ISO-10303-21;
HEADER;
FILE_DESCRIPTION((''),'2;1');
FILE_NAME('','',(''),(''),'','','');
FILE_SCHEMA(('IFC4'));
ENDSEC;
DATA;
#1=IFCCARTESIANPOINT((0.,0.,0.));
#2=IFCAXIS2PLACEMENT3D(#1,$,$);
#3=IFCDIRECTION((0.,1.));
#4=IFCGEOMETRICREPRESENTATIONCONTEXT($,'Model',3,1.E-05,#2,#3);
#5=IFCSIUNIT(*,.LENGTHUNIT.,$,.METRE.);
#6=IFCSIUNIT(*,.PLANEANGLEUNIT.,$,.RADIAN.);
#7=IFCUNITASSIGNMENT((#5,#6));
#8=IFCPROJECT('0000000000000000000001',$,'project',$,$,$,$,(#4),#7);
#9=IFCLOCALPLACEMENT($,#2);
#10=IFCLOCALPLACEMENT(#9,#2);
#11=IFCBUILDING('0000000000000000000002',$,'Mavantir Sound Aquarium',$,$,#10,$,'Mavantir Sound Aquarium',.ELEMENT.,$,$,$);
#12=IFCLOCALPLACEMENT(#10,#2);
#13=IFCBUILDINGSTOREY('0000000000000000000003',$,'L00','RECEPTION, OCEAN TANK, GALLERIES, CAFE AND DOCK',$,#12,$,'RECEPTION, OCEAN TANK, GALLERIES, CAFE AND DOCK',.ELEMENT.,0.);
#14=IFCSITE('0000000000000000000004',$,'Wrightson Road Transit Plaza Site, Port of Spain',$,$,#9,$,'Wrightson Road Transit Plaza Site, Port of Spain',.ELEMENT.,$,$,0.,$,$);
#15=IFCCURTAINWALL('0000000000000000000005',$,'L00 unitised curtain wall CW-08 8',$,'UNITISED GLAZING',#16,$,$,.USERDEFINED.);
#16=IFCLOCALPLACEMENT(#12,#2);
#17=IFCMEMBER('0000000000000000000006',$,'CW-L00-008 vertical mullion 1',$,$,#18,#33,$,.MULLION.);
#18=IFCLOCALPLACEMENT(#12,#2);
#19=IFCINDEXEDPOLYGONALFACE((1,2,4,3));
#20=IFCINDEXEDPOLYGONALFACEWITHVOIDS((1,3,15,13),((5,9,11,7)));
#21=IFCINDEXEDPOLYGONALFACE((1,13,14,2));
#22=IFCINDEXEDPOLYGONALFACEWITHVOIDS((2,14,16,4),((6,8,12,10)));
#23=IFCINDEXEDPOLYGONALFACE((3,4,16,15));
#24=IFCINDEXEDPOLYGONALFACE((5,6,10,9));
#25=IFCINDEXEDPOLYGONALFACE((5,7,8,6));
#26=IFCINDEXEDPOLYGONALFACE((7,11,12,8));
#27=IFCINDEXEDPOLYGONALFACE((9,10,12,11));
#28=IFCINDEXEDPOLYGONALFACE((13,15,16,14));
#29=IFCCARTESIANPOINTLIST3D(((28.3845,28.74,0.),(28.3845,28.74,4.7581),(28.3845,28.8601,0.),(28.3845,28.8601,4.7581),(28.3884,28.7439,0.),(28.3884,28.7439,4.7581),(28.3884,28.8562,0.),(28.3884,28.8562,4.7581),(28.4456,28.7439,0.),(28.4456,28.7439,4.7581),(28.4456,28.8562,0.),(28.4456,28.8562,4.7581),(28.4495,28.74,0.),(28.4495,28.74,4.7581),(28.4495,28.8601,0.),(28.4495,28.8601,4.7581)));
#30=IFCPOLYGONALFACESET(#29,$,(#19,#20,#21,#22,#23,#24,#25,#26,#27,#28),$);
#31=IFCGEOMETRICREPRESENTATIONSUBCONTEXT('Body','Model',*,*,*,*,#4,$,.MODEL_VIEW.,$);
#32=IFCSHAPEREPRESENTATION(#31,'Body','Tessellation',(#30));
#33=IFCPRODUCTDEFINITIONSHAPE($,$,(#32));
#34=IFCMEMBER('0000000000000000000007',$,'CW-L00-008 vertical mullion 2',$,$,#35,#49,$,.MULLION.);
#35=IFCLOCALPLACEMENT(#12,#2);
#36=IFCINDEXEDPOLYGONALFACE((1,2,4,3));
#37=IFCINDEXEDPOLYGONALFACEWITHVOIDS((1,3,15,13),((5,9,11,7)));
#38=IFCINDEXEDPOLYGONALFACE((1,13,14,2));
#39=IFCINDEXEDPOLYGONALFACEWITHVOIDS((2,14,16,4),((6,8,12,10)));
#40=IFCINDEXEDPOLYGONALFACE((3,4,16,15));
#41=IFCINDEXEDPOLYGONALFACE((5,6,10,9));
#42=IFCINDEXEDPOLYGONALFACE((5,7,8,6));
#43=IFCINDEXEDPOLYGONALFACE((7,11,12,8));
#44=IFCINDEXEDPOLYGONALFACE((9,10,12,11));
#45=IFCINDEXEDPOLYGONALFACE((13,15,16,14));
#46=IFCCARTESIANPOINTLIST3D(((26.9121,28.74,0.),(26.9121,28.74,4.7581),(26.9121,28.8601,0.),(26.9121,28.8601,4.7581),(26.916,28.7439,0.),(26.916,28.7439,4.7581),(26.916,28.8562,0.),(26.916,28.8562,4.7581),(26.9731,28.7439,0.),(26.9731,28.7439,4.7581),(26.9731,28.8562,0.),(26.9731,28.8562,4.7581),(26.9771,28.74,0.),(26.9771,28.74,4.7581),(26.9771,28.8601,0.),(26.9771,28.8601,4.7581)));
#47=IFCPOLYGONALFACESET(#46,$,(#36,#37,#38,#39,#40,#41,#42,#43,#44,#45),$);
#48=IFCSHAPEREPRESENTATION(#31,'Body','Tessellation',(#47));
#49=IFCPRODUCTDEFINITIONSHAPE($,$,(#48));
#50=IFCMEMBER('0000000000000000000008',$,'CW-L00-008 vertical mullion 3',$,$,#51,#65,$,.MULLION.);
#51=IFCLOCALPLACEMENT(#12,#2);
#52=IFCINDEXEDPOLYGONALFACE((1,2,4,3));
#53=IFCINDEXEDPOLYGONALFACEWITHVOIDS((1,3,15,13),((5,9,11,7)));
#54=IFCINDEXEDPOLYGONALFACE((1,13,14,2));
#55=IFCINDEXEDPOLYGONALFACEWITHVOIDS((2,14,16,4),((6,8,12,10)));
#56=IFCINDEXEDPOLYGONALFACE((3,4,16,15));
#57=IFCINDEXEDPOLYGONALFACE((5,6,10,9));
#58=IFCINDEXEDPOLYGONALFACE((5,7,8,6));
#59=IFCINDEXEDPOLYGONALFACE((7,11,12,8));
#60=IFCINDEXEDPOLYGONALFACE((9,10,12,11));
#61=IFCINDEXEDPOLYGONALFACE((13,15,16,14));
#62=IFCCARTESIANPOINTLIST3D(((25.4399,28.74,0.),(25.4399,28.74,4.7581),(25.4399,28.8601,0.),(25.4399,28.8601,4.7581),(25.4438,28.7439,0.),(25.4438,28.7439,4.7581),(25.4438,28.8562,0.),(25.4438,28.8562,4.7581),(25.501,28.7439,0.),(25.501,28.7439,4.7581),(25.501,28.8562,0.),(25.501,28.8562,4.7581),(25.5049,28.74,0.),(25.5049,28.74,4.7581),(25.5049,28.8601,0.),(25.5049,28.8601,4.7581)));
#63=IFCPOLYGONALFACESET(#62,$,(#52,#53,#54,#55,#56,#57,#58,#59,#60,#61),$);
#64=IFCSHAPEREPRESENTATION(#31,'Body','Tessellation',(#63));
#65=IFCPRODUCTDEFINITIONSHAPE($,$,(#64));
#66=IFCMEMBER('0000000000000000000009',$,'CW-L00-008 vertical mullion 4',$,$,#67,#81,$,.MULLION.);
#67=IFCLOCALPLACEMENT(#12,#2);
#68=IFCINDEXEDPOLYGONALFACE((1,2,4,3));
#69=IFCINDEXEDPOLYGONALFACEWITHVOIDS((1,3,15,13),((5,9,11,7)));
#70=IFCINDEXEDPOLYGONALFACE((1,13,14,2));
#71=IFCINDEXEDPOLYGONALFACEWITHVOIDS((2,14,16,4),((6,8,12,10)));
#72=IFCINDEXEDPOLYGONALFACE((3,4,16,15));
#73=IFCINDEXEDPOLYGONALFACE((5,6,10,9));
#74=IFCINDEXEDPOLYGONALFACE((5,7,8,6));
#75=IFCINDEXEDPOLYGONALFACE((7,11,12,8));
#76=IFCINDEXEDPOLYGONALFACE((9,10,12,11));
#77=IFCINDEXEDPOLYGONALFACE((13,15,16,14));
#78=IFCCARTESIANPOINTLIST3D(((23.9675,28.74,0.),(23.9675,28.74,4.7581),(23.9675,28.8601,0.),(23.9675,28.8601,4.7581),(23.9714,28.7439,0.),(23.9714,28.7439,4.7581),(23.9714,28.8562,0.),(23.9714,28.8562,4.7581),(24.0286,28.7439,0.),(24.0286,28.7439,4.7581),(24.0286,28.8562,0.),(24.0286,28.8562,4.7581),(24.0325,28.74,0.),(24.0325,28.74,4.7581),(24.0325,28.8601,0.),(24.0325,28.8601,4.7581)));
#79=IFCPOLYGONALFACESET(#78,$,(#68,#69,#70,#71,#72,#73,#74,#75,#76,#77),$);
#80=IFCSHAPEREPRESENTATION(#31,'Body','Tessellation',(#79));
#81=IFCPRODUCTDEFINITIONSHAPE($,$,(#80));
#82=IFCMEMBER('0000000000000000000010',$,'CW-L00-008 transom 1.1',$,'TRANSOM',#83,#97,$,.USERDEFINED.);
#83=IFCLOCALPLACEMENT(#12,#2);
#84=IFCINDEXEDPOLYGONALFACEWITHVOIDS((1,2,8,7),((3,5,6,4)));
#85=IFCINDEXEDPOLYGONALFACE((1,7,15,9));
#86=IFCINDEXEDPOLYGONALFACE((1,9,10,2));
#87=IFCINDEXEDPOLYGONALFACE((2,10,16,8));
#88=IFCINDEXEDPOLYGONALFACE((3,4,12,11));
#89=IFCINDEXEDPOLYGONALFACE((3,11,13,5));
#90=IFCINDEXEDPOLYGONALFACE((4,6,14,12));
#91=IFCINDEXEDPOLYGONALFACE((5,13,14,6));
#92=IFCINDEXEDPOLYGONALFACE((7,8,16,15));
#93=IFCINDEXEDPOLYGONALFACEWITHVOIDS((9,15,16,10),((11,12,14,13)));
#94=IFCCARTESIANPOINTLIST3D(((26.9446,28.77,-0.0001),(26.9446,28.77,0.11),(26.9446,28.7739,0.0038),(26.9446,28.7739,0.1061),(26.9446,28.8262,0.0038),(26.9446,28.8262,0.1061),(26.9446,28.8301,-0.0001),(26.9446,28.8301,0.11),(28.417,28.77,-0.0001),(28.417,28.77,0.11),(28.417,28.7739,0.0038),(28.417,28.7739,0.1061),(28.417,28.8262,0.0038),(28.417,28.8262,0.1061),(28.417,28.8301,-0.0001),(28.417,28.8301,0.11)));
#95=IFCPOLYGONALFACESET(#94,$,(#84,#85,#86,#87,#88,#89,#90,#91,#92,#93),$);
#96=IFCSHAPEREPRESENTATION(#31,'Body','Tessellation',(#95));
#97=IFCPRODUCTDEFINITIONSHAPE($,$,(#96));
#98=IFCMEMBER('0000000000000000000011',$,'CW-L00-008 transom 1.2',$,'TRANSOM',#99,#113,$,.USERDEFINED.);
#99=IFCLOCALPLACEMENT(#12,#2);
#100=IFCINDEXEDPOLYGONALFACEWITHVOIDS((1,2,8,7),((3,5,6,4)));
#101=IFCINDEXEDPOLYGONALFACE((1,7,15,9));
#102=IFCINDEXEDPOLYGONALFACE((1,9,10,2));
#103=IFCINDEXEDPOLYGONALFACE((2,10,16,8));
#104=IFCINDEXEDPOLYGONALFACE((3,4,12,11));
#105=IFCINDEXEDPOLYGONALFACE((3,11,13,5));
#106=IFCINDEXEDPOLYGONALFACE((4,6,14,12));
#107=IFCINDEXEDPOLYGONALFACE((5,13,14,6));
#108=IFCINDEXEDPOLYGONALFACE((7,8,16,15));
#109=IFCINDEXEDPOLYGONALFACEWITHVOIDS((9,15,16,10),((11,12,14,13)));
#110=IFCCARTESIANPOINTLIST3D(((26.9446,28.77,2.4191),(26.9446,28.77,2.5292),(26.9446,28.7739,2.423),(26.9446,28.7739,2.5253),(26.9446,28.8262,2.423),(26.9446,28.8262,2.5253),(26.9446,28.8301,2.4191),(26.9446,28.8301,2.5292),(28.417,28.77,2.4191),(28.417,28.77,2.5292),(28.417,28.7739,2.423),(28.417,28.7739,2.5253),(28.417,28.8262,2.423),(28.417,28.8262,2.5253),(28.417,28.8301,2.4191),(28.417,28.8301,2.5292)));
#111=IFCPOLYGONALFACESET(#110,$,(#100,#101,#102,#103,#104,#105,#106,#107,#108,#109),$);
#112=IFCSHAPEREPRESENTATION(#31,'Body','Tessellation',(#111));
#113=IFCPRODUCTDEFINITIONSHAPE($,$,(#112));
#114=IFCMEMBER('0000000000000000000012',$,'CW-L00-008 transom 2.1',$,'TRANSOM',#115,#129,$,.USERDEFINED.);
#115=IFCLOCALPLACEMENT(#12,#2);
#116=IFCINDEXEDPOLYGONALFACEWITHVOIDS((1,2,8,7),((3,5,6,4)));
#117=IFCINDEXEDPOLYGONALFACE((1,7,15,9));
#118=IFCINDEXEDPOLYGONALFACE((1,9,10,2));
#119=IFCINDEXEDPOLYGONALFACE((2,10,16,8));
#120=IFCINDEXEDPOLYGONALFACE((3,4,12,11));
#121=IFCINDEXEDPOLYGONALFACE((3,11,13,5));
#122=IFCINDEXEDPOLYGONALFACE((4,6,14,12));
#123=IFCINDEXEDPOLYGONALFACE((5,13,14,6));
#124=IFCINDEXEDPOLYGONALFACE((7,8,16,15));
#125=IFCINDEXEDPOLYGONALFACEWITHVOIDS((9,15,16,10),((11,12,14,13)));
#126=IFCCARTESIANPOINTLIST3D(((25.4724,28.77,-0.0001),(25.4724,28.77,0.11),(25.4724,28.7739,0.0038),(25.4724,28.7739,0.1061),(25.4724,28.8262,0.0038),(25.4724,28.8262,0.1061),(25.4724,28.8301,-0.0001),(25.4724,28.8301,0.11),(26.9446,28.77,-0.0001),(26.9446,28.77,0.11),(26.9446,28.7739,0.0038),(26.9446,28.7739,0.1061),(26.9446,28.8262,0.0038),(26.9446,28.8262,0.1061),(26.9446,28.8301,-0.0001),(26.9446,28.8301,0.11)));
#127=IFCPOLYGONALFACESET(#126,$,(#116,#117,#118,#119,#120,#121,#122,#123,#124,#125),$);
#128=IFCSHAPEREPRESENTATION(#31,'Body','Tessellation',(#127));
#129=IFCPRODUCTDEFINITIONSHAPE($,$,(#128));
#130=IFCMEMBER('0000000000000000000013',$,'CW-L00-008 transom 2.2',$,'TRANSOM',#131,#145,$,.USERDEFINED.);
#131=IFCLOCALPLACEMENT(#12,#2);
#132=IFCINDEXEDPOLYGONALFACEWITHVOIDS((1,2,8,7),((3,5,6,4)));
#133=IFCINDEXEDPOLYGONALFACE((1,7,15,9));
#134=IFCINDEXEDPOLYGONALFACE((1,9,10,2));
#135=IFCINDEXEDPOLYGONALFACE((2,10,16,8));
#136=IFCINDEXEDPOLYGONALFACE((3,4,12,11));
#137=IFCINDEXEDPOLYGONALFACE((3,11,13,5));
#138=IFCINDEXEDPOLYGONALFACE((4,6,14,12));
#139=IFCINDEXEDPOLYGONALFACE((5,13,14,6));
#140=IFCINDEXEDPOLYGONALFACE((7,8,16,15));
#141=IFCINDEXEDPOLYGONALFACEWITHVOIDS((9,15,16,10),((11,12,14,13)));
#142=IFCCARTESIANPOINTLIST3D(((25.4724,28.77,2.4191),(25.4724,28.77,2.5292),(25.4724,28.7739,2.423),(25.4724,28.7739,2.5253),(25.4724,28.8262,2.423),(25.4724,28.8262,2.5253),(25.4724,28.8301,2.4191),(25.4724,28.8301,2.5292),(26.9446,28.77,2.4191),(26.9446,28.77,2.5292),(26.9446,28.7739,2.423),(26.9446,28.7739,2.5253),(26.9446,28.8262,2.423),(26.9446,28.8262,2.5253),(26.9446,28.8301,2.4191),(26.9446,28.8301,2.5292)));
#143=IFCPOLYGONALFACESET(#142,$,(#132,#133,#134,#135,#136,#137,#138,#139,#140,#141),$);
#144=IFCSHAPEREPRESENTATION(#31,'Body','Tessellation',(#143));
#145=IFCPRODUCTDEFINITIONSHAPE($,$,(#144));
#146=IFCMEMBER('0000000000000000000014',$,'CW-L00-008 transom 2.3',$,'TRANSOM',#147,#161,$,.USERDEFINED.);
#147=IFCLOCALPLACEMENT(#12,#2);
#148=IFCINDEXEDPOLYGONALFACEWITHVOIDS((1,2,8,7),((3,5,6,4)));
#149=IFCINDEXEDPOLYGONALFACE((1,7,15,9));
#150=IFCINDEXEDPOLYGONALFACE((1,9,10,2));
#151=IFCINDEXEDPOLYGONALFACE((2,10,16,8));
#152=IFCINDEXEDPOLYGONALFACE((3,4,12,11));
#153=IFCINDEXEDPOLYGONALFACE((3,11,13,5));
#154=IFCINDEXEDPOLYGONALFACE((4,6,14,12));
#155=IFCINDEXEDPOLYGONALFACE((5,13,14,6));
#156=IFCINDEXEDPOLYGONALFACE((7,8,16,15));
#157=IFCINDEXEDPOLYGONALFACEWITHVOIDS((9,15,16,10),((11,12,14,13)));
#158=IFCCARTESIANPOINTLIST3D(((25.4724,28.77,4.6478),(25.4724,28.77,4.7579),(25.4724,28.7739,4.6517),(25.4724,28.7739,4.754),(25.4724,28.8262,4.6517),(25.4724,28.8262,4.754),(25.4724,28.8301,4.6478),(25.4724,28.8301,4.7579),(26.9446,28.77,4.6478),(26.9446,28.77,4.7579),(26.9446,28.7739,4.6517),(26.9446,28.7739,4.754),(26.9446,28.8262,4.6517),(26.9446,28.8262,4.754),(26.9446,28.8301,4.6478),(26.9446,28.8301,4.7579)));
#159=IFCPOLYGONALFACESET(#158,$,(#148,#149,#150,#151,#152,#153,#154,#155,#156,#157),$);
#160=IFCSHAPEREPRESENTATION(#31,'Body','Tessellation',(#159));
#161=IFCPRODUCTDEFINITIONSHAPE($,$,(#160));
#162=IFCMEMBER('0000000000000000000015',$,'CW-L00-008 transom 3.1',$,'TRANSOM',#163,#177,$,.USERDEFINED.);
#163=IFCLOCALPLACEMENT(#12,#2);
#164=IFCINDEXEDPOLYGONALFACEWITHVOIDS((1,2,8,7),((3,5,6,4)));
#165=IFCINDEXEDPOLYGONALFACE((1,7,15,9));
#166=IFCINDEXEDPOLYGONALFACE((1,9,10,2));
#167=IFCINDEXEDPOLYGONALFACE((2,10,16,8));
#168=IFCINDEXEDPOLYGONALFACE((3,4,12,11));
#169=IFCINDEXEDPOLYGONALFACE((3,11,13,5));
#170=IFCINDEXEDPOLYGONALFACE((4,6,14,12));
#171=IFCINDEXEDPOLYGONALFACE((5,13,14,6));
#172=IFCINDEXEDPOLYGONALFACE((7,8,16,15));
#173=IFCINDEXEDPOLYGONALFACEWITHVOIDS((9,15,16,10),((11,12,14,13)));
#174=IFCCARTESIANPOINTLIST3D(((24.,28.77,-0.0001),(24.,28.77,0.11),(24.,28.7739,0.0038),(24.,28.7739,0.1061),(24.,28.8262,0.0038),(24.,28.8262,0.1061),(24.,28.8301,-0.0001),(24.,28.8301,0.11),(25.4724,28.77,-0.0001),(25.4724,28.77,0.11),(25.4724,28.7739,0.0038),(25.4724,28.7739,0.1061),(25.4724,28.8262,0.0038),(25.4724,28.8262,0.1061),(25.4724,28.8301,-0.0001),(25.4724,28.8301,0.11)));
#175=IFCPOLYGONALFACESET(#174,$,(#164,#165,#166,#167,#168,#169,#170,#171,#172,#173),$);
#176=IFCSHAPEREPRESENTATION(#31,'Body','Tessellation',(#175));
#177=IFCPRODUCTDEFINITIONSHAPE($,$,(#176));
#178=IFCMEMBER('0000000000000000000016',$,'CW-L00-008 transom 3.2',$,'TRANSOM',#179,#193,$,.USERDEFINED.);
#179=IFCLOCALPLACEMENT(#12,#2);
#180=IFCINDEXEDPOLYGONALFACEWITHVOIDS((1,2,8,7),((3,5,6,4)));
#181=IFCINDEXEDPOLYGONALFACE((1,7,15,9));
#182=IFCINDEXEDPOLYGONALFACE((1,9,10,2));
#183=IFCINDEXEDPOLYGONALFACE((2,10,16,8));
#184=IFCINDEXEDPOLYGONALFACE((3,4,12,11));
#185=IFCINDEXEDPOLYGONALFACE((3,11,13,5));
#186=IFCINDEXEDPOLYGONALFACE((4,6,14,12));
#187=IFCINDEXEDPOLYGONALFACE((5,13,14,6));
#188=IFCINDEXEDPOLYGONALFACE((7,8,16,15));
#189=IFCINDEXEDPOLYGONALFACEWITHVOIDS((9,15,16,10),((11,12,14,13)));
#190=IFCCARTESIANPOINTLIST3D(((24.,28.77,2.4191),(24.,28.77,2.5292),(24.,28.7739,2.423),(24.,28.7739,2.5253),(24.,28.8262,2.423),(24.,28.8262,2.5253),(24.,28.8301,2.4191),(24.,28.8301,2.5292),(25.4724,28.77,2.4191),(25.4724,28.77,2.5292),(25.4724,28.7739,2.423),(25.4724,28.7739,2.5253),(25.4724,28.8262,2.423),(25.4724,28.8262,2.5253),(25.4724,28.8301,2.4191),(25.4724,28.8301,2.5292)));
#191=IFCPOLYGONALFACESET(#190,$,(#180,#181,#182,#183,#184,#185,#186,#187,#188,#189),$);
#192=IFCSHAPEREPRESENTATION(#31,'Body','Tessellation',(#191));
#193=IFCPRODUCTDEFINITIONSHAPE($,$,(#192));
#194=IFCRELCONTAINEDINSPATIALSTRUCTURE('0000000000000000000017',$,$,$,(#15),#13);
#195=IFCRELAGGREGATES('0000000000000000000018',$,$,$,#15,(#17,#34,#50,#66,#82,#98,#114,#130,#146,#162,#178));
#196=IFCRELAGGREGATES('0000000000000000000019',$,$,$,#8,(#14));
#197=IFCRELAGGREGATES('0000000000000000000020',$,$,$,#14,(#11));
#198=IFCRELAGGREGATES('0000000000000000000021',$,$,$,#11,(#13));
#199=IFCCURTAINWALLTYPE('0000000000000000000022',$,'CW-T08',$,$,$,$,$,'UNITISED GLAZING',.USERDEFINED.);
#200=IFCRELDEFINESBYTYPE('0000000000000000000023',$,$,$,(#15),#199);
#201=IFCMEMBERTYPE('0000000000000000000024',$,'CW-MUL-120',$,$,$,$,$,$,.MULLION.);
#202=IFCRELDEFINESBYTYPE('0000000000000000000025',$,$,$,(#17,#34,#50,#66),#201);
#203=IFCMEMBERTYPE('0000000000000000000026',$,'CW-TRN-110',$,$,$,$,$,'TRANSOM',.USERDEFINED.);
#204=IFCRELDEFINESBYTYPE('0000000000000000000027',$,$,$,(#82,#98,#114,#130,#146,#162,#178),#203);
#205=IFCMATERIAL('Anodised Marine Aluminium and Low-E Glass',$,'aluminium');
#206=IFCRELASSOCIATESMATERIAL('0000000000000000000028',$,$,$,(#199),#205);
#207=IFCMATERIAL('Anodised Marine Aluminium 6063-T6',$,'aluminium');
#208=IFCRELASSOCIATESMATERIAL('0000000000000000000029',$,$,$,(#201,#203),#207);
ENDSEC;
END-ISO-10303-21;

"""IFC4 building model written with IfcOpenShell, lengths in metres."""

from ifc_helpers import new_model, si_unit, direction, frame, origin, origin_2d, place, context, subcontext, project, spatial, hollow_rectangle, extrude, material, material_profile, profile_set, type_object, element, aggregate, save


model = new_model("IFC4")

# Units and contexts
model_context = context("Model", 3, precision=1e-05, world=origin(), true_north=direction((0.0, 1.0)))
body_context = subcontext(model_context, "Body", "Model", "MODEL_VIEW")
ifc_project = project(units=[si_unit("LENGTHUNIT", "METRE"), si_unit("PLANEANGLEUNIT", "RADIAN")], contexts=[model_context])

# Site, building, storey
site_placement = place(None, origin())
site = spatial("IfcSite", under=ifc_project, at=site_placement, Name="Wrightson Road Transit Plaza Site, Port of Spain", LongName="Wrightson Road Transit Plaza Site, Port of Spain", CompositionType="ELEMENT", RefElevation=0.0)
building_placement = place(site_placement, origin())
building = spatial("IfcBuilding", under=site, at=building_placement, Name="Mavantir Sound Aquarium", LongName="Mavantir Sound Aquarium", CompositionType="ELEMENT")
storey_placement = place(building_placement, origin())
storey = spatial("IfcBuildingStorey", under=building, at=storey_placement, Name="L00", Description="RECEPTION, OCEAN TANK, GALLERIES, CAFE AND DOCK", LongName="RECEPTION, OCEAN TANK, GALLERIES, CAFE AND DOCK", CompositionType="ELEMENT", Elevation=0.0)

# Curtain wall, members
ifc_material_1 = material(Name="Anodised Marine Aluminium and Low-E Glass", Category="aluminium")
curtain_wall_type = type_object("IfcCurtainWallType", Name="CW-T08", ElementType="UNITISED GLAZING", PredefinedType="USERDEFINED", material=ifc_material_1)
curtain_wall_placement = place(storey_placement, origin())
curtain_wall = element("IfcCurtainWall", 1, at=curtain_wall_placement, inside=storey, type_object=curtain_wall_type, Name="L00 unitised curtain wall CW-08 8", ObjectType="UNITISED GLAZING", PredefinedType="USERDEFINED")
ifc_material_2 = material(Name="Anodised Marine Aluminium 6063-T6", Category="aluminium")
ifc_material_profile_1 = material_profile(ifc_material_2, hollow_rectangle(XDim=0.0649, YDim=0.1201, WallThickness=0.0039, at=origin_2d()), Name="ALU-MULLION-120X65")
ifc_profile_set_1 = profile_set([ifc_material_profile_1], Name="Anodised Marine Aluminium 6063-T6")
member_type_1 = type_object("IfcMemberType", Name="CW-MUL-120", PredefinedType="MULLION", material=ifc_profile_set_1)
member_1_placement = place(storey_placement, frame((28.417, 28.8, 0.0), z_axis=(0.0, 0.0, 1.0), x_axis=(1.0, 0.0, 0.0)))
member_1 = element("IfcMember", 2, at=member_1_placement, type_object=member_type_1, Name="CW-L00-008 vertical mullion 1", PredefinedType="MULLION", context=body_context, shape_type="SweptSolid", body=[
    extrude(hollow_rectangle(XDim=0.0649, YDim=0.1201, WallThickness=0.0039, at=origin_2d()), origin(), (0.0, 0.0, 1.0), 4.7581),
])
member_2_placement = place(storey_placement, frame((26.9446, 28.8, 0.0), z_axis=(0.0, 0.0, 1.0), x_axis=(1.0, 0.0, 0.0)))
member_2 = element("IfcMember", 3, at=member_2_placement, type_object=member_type_1, Name="CW-L00-008 vertical mullion 2", PredefinedType="MULLION", context=body_context, shape_type="SweptSolid", body=[
    extrude(hollow_rectangle(XDim=0.0649, YDim=0.1201, WallThickness=0.0039, at=origin_2d()), origin(), (0.0, 0.0, 1.0), 4.7581),
])
member_3_placement = place(storey_placement, frame((25.4724, 28.8, 0.0), z_axis=(0.0, 0.0, 1.0), x_axis=(1.0, 0.0, 0.0)))
member_3 = element("IfcMember", 4, at=member_3_placement, type_object=member_type_1, Name="CW-L00-008 vertical mullion 3", PredefinedType="MULLION", context=body_context, shape_type="SweptSolid", body=[
    extrude(hollow_rectangle(XDim=0.0649, YDim=0.1201, WallThickness=0.0039, at=origin_2d()), origin(), (0.0, 0.0, 1.0), 4.7581),
])
member_4_placement = place(storey_placement, frame((24.0, 28.8, 0.0), z_axis=(0.0, 0.0, 1.0), x_axis=(1.0, 0.0, 0.0)))
member_4 = element("IfcMember", 5, at=member_4_placement, type_object=member_type_1, Name="CW-L00-008 vertical mullion 4", PredefinedType="MULLION", context=body_context, shape_type="SweptSolid", body=[
    extrude(hollow_rectangle(XDim=0.0649, YDim=0.1201, WallThickness=0.0039, at=origin_2d()), origin(), (0.0, 0.0, 1.0), 4.7581),
])
ifc_material_profile_2 = material_profile(ifc_material_2, hollow_rectangle(XDim=0.0601, YDim=0.1101, WallThickness=0.0039, at=origin_2d()), Name="ALU-TRANSOM-110X60")
ifc_profile_set_2 = profile_set([ifc_material_profile_2], Name="Anodised Marine Aluminium 6063-T6")
member_type_2 = type_object("IfcMemberType", Name="CW-TRN-110", ElementType="TRANSOM", PredefinedType="USERDEFINED", material=ifc_profile_set_2)
member_5_placement = place(storey_placement, frame((28.417, 28.8, 0.0549), z_axis=(-1.0, 0.0, 0.0), x_axis=(0.0, -1.0, 0.0)))
member_5 = element("IfcMember", 6, at=member_5_placement, type_object=member_type_2, Name="CW-L00-008 transom 1.1", ObjectType="TRANSOM", PredefinedType="USERDEFINED", context=body_context, shape_type="SweptSolid", body=[
    extrude(hollow_rectangle(XDim=0.0601, YDim=0.1101, WallThickness=0.0039, at=origin_2d()), origin(), (0.0, 0.0, 1.0), 1.4724),
])
member_6_placement = place(storey_placement, frame((28.417, 28.8, 2.4741), z_axis=(-1.0, 0.0, 0.0), x_axis=(0.0, -1.0, 0.0)))
member_6 = element("IfcMember", 7, at=member_6_placement, type_object=member_type_2, Name="CW-L00-008 transom 1.2", ObjectType="TRANSOM", PredefinedType="USERDEFINED", context=body_context, shape_type="SweptSolid", body=[
    extrude(hollow_rectangle(XDim=0.0601, YDim=0.1101, WallThickness=0.0039, at=origin_2d()), origin(), (0.0, 0.0, 1.0), 1.4724),
])
member_7_placement = place(storey_placement, frame((26.9446, 28.8, 0.0549), z_axis=(-1.0, 0.0, 0.0), x_axis=(0.0, -1.0, 0.0)))
member_7 = element("IfcMember", 8, at=member_7_placement, type_object=member_type_2, Name="CW-L00-008 transom 2.1", ObjectType="TRANSOM", PredefinedType="USERDEFINED", context=body_context, shape_type="SweptSolid", body=[
    extrude(hollow_rectangle(XDim=0.0601, YDim=0.1101, WallThickness=0.0039, at=origin_2d()), origin(), (0.0, 0.0, 1.0), 1.4722),
])
member_8_placement = place(storey_placement, frame((26.9446, 28.8, 2.4741), z_axis=(-1.0, 0.0, 0.0), x_axis=(0.0, -1.0, 0.0)))
member_8 = element("IfcMember", 9, at=member_8_placement, type_object=member_type_2, Name="CW-L00-008 transom 2.2", ObjectType="TRANSOM", PredefinedType="USERDEFINED", context=body_context, shape_type="SweptSolid", body=[
    extrude(hollow_rectangle(XDim=0.0601, YDim=0.1101, WallThickness=0.0039, at=origin_2d()), origin(), (0.0, 0.0, 1.0), 1.4722),
])
member_9_placement = place(storey_placement, frame((26.9446, 28.8, 4.7029), z_axis=(-1.0, 0.0, 0.0), x_axis=(0.0, -1.0, 0.0)))
member_9 = element("IfcMember", 10, at=member_9_placement, type_object=member_type_2, Name="CW-L00-008 transom 2.3", ObjectType="TRANSOM", PredefinedType="USERDEFINED", context=body_context, shape_type="SweptSolid", body=[
    extrude(hollow_rectangle(XDim=0.0601, YDim=0.1101, WallThickness=0.0039, at=origin_2d()), origin(), (0.0, 0.0, 1.0), 1.4722),
])
member_10_placement = place(storey_placement, frame((25.4724, 28.8, 0.0549), z_axis=(-1.0, 0.0, 0.0), x_axis=(0.0, -1.0, 0.0)))
member_10 = element("IfcMember", 11, at=member_10_placement, type_object=member_type_2, Name="CW-L00-008 transom 3.1", ObjectType="TRANSOM", PredefinedType="USERDEFINED", context=body_context, shape_type="SweptSolid", body=[
    extrude(hollow_rectangle(XDim=0.0601, YDim=0.1101, WallThickness=0.0039, at=origin_2d()), origin(), (0.0, 0.0, 1.0), 1.4724),
])
member_11_placement = place(storey_placement, frame((25.4724, 28.8, 2.4741), z_axis=(-1.0, 0.0, 0.0), x_axis=(0.0, -1.0, 0.0)))
member_11 = element("IfcMember", 12, at=member_11_placement, type_object=member_type_2, Name="CW-L00-008 transom 3.2", ObjectType="TRANSOM", PredefinedType="USERDEFINED", context=body_context, shape_type="SweptSolid", body=[
    extrude(hollow_rectangle(XDim=0.0601, YDim=0.1101, WallThickness=0.0039, at=origin_2d()), origin(), (0.0, 0.0, 1.0), 1.4724),
])
aggregate(curtain_wall, [member_1, member_2, member_3, member_4, member_5, member_6, member_7, member_8, member_9, member_10, member_11])

save(model, "model.ifc")
